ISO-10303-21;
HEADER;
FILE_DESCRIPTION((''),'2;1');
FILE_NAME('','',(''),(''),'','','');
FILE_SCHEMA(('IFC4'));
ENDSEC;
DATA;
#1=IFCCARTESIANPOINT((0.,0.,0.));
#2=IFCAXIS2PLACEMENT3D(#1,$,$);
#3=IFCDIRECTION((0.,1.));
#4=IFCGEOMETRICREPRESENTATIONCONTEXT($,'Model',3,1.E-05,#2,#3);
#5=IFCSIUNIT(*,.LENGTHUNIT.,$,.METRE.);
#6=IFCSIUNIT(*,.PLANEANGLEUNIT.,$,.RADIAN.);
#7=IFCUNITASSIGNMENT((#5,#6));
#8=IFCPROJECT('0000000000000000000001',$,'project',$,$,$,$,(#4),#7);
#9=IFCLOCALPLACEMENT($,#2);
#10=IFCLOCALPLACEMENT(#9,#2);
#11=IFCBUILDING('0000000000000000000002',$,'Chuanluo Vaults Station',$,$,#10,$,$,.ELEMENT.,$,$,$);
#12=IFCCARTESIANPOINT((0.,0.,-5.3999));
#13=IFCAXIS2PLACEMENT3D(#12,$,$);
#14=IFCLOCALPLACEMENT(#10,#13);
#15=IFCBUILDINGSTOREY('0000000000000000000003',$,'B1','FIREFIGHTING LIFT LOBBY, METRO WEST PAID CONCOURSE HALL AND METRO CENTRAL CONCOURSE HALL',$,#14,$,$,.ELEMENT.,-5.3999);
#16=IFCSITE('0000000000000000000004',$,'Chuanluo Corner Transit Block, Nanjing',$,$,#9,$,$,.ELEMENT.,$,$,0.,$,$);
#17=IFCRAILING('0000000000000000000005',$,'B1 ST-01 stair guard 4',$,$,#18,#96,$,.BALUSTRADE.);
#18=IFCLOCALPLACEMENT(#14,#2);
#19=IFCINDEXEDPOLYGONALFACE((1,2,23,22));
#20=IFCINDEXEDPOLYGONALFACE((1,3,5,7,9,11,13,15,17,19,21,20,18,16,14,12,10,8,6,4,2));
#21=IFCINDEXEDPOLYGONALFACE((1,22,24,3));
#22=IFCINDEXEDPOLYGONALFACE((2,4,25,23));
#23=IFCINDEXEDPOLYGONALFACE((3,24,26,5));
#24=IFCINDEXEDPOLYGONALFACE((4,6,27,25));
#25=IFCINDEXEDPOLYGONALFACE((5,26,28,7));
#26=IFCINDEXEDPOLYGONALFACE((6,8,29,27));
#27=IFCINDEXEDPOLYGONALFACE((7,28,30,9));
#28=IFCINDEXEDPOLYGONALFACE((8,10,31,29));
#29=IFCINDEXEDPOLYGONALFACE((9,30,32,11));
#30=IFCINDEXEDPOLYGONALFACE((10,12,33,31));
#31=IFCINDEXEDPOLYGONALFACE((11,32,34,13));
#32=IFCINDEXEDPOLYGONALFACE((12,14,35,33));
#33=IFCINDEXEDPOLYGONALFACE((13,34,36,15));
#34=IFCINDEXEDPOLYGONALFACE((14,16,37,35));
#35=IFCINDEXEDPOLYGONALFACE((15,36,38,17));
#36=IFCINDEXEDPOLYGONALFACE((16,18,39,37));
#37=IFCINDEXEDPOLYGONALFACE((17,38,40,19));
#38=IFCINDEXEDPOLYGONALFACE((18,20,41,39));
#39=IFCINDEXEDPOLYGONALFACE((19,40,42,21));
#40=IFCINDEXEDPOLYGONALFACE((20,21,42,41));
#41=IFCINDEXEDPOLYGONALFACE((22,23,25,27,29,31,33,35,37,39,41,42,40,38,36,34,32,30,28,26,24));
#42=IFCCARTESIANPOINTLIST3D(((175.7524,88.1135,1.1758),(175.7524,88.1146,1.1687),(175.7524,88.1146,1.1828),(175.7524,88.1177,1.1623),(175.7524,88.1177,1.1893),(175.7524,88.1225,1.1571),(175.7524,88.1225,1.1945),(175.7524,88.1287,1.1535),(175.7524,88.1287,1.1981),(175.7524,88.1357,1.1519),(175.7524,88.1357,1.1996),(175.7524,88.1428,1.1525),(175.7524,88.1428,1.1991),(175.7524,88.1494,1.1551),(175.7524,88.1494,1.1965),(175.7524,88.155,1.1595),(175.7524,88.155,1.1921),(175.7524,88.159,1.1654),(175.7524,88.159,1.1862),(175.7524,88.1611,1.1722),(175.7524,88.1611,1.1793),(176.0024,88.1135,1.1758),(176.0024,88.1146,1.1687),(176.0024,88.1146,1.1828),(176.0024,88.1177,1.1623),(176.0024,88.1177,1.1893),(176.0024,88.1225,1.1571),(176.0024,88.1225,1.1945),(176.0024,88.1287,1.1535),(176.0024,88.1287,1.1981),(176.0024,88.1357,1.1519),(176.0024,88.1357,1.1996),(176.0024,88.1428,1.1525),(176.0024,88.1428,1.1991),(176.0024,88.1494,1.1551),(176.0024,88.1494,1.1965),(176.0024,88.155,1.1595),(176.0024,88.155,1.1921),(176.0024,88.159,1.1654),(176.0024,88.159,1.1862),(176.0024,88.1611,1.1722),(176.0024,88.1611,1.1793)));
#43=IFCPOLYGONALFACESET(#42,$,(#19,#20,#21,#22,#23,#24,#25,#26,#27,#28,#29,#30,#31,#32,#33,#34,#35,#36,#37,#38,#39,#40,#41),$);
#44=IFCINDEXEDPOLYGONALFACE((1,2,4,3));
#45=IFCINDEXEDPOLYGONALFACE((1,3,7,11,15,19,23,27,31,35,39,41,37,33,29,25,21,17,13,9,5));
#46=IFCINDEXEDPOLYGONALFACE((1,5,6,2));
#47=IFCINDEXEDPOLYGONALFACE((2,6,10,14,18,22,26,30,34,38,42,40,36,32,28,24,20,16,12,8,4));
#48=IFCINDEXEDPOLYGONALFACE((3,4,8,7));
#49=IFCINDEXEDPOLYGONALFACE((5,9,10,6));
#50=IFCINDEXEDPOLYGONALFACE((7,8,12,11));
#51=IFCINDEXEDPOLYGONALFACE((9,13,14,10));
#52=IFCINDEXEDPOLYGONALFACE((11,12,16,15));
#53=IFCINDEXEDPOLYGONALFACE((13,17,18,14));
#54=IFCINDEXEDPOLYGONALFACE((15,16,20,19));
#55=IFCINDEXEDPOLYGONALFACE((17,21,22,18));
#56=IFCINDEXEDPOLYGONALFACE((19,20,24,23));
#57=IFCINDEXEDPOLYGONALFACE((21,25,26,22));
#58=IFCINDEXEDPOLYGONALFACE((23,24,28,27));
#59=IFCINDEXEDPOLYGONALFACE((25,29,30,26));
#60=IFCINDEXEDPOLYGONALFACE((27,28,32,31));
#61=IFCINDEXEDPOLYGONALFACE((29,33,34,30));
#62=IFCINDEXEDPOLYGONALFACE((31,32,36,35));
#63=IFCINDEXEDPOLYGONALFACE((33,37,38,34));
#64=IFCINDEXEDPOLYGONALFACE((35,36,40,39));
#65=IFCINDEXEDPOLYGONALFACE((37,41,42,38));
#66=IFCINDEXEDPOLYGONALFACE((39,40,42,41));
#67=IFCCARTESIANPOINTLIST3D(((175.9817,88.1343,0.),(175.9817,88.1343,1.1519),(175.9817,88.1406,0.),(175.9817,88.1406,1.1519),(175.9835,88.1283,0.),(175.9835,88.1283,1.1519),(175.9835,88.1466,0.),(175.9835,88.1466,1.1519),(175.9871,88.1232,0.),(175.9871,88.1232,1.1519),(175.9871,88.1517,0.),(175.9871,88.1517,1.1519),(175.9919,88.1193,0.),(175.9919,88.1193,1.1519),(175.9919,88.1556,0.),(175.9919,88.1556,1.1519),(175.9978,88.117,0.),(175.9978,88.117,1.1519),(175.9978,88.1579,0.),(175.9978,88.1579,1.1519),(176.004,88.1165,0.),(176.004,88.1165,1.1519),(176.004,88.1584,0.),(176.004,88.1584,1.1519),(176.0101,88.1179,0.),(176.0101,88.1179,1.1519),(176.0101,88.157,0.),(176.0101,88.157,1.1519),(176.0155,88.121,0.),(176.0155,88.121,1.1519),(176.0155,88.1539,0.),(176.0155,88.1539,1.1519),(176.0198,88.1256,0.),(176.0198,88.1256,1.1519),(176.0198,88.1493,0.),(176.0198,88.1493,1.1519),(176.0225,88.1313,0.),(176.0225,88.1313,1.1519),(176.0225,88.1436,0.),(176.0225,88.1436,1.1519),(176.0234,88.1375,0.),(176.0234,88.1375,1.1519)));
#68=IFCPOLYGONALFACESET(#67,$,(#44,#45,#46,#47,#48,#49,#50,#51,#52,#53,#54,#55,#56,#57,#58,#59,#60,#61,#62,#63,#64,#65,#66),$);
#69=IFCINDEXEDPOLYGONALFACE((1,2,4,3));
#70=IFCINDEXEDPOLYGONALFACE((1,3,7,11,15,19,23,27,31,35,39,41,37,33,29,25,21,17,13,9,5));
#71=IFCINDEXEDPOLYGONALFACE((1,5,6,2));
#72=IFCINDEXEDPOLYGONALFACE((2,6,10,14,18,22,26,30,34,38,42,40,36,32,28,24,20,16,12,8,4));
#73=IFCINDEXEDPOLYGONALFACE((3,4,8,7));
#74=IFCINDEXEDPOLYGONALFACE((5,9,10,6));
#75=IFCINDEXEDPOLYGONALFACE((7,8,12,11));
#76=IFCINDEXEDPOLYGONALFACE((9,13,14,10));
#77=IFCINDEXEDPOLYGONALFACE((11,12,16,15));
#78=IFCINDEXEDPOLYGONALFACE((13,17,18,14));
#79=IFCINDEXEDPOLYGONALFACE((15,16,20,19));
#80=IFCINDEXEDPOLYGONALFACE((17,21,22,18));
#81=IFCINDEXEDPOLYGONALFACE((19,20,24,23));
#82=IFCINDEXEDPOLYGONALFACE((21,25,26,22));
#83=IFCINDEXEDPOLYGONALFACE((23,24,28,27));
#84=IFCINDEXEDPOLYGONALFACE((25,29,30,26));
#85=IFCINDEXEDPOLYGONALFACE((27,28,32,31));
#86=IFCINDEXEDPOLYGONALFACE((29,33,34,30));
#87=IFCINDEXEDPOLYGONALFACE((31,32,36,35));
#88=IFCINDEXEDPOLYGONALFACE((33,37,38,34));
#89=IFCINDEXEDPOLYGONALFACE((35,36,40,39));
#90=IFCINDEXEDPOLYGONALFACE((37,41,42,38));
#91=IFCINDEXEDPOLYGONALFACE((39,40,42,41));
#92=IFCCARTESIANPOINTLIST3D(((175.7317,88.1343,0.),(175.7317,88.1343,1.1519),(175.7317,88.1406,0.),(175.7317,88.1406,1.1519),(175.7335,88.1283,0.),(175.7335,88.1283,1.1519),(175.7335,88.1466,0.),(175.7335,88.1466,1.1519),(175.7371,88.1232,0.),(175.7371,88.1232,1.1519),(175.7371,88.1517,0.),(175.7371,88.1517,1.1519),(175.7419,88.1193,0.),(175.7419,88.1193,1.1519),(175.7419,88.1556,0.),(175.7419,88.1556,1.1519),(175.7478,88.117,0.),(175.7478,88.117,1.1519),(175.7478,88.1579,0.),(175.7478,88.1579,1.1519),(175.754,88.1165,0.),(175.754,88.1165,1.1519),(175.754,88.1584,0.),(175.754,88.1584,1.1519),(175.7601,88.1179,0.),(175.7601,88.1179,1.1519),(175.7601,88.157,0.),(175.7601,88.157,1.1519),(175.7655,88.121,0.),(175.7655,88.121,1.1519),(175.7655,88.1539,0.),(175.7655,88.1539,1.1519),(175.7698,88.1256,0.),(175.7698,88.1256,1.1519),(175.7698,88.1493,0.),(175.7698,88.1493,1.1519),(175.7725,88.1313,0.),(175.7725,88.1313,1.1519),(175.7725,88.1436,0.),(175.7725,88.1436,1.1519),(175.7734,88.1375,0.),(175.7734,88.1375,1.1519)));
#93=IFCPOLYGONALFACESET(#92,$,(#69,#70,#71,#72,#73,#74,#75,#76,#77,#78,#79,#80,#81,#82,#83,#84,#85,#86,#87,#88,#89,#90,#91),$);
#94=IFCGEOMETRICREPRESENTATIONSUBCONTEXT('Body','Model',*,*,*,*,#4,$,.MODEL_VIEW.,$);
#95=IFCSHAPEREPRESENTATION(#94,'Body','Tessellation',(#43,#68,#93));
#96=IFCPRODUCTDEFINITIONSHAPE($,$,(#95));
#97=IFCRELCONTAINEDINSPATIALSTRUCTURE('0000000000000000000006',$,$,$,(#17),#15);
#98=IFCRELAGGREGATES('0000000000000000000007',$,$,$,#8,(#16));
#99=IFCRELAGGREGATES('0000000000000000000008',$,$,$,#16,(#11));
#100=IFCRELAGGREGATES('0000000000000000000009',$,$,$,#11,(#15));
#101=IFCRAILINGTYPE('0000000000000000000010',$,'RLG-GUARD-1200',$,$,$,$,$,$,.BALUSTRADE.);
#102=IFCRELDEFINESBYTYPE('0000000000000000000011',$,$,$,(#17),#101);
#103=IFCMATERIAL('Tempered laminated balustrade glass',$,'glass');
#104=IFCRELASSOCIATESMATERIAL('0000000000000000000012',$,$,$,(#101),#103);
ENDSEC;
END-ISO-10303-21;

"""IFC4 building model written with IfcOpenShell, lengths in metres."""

from ifc_helpers import new_model, si_unit, direction, frame, origin, origin_2d, place, context, subcontext, project, spatial, circle, extrude, material, type_object, element, save


model = new_model("IFC4")

# Units and contexts
model_context = context("Model", 3, precision=1e-05, world=origin(), true_north=direction((0.0, 1.0)))
body_context = subcontext(model_context, "Body", "Model", "MODEL_VIEW")
ifc_project = project(units=[si_unit("LENGTHUNIT", "METRE"), si_unit("PLANEANGLEUNIT", "RADIAN")], contexts=[model_context])

# Site, building, storey
site_placement = place(None, origin())
site = spatial("IfcSite", under=ifc_project, at=site_placement, Name="Chuanluo Corner Transit Block, Nanjing", CompositionType="ELEMENT", RefElevation=0.0)
building_placement = place(site_placement, origin())
building = spatial("IfcBuilding", under=site, at=building_placement, Name="Chuanluo Vaults Station", CompositionType="ELEMENT")
storey_placement = place(building_placement, frame((0.0, 0.0, -5.3999)))
storey = spatial("IfcBuildingStorey", under=building, at=storey_placement, Name="B1", Description="FIREFIGHTING LIFT LOBBY, METRO WEST PAID CONCOURSE HALL AND METRO CENTRAL CONCOURSE HALL", CompositionType="ELEMENT", Elevation=-5.3999)

# Railing
ifc_material_1 = material(Name="Tempered laminated balustrade glass", Category="glass")
railing_type_1 = type_object("IfcRailingType", Name="RLG-GUARD-1200", PredefinedType="BALUSTRADE", material=ifc_material_1)
railing_1_placement = place(storey_placement, frame((176.0024, 88.1375, 0.0)))
element("IfcRailing", 1, at=railing_1_placement, inside=storey, type_object=railing_type_1, Name="B1 ST-01 stair guard 4", PredefinedType="BALUSTRADE", context=body_context, shape_type="SweptSolid", body=[
    extrude(circle(Radius=0.0239, at=origin_2d()), frame((0.0, 0.0, 1.1758), z_axis=(-1.0, 0.0, 0.0), x_axis=(0.0, -1.0, 0.0)), (0.0, 0.0, 1.0), 0.25),
    extrude(circle(Radius=0.021, at=origin_2d()), origin(), (0.0, 0.0, 1.0), 1.1519),
    extrude(circle(Radius=0.021, at=origin_2d()), frame((-0.25, 0.0, 0.0)), (0.0, 0.0, 1.0), 1.1519),
])

save(model, "model.ifc")
